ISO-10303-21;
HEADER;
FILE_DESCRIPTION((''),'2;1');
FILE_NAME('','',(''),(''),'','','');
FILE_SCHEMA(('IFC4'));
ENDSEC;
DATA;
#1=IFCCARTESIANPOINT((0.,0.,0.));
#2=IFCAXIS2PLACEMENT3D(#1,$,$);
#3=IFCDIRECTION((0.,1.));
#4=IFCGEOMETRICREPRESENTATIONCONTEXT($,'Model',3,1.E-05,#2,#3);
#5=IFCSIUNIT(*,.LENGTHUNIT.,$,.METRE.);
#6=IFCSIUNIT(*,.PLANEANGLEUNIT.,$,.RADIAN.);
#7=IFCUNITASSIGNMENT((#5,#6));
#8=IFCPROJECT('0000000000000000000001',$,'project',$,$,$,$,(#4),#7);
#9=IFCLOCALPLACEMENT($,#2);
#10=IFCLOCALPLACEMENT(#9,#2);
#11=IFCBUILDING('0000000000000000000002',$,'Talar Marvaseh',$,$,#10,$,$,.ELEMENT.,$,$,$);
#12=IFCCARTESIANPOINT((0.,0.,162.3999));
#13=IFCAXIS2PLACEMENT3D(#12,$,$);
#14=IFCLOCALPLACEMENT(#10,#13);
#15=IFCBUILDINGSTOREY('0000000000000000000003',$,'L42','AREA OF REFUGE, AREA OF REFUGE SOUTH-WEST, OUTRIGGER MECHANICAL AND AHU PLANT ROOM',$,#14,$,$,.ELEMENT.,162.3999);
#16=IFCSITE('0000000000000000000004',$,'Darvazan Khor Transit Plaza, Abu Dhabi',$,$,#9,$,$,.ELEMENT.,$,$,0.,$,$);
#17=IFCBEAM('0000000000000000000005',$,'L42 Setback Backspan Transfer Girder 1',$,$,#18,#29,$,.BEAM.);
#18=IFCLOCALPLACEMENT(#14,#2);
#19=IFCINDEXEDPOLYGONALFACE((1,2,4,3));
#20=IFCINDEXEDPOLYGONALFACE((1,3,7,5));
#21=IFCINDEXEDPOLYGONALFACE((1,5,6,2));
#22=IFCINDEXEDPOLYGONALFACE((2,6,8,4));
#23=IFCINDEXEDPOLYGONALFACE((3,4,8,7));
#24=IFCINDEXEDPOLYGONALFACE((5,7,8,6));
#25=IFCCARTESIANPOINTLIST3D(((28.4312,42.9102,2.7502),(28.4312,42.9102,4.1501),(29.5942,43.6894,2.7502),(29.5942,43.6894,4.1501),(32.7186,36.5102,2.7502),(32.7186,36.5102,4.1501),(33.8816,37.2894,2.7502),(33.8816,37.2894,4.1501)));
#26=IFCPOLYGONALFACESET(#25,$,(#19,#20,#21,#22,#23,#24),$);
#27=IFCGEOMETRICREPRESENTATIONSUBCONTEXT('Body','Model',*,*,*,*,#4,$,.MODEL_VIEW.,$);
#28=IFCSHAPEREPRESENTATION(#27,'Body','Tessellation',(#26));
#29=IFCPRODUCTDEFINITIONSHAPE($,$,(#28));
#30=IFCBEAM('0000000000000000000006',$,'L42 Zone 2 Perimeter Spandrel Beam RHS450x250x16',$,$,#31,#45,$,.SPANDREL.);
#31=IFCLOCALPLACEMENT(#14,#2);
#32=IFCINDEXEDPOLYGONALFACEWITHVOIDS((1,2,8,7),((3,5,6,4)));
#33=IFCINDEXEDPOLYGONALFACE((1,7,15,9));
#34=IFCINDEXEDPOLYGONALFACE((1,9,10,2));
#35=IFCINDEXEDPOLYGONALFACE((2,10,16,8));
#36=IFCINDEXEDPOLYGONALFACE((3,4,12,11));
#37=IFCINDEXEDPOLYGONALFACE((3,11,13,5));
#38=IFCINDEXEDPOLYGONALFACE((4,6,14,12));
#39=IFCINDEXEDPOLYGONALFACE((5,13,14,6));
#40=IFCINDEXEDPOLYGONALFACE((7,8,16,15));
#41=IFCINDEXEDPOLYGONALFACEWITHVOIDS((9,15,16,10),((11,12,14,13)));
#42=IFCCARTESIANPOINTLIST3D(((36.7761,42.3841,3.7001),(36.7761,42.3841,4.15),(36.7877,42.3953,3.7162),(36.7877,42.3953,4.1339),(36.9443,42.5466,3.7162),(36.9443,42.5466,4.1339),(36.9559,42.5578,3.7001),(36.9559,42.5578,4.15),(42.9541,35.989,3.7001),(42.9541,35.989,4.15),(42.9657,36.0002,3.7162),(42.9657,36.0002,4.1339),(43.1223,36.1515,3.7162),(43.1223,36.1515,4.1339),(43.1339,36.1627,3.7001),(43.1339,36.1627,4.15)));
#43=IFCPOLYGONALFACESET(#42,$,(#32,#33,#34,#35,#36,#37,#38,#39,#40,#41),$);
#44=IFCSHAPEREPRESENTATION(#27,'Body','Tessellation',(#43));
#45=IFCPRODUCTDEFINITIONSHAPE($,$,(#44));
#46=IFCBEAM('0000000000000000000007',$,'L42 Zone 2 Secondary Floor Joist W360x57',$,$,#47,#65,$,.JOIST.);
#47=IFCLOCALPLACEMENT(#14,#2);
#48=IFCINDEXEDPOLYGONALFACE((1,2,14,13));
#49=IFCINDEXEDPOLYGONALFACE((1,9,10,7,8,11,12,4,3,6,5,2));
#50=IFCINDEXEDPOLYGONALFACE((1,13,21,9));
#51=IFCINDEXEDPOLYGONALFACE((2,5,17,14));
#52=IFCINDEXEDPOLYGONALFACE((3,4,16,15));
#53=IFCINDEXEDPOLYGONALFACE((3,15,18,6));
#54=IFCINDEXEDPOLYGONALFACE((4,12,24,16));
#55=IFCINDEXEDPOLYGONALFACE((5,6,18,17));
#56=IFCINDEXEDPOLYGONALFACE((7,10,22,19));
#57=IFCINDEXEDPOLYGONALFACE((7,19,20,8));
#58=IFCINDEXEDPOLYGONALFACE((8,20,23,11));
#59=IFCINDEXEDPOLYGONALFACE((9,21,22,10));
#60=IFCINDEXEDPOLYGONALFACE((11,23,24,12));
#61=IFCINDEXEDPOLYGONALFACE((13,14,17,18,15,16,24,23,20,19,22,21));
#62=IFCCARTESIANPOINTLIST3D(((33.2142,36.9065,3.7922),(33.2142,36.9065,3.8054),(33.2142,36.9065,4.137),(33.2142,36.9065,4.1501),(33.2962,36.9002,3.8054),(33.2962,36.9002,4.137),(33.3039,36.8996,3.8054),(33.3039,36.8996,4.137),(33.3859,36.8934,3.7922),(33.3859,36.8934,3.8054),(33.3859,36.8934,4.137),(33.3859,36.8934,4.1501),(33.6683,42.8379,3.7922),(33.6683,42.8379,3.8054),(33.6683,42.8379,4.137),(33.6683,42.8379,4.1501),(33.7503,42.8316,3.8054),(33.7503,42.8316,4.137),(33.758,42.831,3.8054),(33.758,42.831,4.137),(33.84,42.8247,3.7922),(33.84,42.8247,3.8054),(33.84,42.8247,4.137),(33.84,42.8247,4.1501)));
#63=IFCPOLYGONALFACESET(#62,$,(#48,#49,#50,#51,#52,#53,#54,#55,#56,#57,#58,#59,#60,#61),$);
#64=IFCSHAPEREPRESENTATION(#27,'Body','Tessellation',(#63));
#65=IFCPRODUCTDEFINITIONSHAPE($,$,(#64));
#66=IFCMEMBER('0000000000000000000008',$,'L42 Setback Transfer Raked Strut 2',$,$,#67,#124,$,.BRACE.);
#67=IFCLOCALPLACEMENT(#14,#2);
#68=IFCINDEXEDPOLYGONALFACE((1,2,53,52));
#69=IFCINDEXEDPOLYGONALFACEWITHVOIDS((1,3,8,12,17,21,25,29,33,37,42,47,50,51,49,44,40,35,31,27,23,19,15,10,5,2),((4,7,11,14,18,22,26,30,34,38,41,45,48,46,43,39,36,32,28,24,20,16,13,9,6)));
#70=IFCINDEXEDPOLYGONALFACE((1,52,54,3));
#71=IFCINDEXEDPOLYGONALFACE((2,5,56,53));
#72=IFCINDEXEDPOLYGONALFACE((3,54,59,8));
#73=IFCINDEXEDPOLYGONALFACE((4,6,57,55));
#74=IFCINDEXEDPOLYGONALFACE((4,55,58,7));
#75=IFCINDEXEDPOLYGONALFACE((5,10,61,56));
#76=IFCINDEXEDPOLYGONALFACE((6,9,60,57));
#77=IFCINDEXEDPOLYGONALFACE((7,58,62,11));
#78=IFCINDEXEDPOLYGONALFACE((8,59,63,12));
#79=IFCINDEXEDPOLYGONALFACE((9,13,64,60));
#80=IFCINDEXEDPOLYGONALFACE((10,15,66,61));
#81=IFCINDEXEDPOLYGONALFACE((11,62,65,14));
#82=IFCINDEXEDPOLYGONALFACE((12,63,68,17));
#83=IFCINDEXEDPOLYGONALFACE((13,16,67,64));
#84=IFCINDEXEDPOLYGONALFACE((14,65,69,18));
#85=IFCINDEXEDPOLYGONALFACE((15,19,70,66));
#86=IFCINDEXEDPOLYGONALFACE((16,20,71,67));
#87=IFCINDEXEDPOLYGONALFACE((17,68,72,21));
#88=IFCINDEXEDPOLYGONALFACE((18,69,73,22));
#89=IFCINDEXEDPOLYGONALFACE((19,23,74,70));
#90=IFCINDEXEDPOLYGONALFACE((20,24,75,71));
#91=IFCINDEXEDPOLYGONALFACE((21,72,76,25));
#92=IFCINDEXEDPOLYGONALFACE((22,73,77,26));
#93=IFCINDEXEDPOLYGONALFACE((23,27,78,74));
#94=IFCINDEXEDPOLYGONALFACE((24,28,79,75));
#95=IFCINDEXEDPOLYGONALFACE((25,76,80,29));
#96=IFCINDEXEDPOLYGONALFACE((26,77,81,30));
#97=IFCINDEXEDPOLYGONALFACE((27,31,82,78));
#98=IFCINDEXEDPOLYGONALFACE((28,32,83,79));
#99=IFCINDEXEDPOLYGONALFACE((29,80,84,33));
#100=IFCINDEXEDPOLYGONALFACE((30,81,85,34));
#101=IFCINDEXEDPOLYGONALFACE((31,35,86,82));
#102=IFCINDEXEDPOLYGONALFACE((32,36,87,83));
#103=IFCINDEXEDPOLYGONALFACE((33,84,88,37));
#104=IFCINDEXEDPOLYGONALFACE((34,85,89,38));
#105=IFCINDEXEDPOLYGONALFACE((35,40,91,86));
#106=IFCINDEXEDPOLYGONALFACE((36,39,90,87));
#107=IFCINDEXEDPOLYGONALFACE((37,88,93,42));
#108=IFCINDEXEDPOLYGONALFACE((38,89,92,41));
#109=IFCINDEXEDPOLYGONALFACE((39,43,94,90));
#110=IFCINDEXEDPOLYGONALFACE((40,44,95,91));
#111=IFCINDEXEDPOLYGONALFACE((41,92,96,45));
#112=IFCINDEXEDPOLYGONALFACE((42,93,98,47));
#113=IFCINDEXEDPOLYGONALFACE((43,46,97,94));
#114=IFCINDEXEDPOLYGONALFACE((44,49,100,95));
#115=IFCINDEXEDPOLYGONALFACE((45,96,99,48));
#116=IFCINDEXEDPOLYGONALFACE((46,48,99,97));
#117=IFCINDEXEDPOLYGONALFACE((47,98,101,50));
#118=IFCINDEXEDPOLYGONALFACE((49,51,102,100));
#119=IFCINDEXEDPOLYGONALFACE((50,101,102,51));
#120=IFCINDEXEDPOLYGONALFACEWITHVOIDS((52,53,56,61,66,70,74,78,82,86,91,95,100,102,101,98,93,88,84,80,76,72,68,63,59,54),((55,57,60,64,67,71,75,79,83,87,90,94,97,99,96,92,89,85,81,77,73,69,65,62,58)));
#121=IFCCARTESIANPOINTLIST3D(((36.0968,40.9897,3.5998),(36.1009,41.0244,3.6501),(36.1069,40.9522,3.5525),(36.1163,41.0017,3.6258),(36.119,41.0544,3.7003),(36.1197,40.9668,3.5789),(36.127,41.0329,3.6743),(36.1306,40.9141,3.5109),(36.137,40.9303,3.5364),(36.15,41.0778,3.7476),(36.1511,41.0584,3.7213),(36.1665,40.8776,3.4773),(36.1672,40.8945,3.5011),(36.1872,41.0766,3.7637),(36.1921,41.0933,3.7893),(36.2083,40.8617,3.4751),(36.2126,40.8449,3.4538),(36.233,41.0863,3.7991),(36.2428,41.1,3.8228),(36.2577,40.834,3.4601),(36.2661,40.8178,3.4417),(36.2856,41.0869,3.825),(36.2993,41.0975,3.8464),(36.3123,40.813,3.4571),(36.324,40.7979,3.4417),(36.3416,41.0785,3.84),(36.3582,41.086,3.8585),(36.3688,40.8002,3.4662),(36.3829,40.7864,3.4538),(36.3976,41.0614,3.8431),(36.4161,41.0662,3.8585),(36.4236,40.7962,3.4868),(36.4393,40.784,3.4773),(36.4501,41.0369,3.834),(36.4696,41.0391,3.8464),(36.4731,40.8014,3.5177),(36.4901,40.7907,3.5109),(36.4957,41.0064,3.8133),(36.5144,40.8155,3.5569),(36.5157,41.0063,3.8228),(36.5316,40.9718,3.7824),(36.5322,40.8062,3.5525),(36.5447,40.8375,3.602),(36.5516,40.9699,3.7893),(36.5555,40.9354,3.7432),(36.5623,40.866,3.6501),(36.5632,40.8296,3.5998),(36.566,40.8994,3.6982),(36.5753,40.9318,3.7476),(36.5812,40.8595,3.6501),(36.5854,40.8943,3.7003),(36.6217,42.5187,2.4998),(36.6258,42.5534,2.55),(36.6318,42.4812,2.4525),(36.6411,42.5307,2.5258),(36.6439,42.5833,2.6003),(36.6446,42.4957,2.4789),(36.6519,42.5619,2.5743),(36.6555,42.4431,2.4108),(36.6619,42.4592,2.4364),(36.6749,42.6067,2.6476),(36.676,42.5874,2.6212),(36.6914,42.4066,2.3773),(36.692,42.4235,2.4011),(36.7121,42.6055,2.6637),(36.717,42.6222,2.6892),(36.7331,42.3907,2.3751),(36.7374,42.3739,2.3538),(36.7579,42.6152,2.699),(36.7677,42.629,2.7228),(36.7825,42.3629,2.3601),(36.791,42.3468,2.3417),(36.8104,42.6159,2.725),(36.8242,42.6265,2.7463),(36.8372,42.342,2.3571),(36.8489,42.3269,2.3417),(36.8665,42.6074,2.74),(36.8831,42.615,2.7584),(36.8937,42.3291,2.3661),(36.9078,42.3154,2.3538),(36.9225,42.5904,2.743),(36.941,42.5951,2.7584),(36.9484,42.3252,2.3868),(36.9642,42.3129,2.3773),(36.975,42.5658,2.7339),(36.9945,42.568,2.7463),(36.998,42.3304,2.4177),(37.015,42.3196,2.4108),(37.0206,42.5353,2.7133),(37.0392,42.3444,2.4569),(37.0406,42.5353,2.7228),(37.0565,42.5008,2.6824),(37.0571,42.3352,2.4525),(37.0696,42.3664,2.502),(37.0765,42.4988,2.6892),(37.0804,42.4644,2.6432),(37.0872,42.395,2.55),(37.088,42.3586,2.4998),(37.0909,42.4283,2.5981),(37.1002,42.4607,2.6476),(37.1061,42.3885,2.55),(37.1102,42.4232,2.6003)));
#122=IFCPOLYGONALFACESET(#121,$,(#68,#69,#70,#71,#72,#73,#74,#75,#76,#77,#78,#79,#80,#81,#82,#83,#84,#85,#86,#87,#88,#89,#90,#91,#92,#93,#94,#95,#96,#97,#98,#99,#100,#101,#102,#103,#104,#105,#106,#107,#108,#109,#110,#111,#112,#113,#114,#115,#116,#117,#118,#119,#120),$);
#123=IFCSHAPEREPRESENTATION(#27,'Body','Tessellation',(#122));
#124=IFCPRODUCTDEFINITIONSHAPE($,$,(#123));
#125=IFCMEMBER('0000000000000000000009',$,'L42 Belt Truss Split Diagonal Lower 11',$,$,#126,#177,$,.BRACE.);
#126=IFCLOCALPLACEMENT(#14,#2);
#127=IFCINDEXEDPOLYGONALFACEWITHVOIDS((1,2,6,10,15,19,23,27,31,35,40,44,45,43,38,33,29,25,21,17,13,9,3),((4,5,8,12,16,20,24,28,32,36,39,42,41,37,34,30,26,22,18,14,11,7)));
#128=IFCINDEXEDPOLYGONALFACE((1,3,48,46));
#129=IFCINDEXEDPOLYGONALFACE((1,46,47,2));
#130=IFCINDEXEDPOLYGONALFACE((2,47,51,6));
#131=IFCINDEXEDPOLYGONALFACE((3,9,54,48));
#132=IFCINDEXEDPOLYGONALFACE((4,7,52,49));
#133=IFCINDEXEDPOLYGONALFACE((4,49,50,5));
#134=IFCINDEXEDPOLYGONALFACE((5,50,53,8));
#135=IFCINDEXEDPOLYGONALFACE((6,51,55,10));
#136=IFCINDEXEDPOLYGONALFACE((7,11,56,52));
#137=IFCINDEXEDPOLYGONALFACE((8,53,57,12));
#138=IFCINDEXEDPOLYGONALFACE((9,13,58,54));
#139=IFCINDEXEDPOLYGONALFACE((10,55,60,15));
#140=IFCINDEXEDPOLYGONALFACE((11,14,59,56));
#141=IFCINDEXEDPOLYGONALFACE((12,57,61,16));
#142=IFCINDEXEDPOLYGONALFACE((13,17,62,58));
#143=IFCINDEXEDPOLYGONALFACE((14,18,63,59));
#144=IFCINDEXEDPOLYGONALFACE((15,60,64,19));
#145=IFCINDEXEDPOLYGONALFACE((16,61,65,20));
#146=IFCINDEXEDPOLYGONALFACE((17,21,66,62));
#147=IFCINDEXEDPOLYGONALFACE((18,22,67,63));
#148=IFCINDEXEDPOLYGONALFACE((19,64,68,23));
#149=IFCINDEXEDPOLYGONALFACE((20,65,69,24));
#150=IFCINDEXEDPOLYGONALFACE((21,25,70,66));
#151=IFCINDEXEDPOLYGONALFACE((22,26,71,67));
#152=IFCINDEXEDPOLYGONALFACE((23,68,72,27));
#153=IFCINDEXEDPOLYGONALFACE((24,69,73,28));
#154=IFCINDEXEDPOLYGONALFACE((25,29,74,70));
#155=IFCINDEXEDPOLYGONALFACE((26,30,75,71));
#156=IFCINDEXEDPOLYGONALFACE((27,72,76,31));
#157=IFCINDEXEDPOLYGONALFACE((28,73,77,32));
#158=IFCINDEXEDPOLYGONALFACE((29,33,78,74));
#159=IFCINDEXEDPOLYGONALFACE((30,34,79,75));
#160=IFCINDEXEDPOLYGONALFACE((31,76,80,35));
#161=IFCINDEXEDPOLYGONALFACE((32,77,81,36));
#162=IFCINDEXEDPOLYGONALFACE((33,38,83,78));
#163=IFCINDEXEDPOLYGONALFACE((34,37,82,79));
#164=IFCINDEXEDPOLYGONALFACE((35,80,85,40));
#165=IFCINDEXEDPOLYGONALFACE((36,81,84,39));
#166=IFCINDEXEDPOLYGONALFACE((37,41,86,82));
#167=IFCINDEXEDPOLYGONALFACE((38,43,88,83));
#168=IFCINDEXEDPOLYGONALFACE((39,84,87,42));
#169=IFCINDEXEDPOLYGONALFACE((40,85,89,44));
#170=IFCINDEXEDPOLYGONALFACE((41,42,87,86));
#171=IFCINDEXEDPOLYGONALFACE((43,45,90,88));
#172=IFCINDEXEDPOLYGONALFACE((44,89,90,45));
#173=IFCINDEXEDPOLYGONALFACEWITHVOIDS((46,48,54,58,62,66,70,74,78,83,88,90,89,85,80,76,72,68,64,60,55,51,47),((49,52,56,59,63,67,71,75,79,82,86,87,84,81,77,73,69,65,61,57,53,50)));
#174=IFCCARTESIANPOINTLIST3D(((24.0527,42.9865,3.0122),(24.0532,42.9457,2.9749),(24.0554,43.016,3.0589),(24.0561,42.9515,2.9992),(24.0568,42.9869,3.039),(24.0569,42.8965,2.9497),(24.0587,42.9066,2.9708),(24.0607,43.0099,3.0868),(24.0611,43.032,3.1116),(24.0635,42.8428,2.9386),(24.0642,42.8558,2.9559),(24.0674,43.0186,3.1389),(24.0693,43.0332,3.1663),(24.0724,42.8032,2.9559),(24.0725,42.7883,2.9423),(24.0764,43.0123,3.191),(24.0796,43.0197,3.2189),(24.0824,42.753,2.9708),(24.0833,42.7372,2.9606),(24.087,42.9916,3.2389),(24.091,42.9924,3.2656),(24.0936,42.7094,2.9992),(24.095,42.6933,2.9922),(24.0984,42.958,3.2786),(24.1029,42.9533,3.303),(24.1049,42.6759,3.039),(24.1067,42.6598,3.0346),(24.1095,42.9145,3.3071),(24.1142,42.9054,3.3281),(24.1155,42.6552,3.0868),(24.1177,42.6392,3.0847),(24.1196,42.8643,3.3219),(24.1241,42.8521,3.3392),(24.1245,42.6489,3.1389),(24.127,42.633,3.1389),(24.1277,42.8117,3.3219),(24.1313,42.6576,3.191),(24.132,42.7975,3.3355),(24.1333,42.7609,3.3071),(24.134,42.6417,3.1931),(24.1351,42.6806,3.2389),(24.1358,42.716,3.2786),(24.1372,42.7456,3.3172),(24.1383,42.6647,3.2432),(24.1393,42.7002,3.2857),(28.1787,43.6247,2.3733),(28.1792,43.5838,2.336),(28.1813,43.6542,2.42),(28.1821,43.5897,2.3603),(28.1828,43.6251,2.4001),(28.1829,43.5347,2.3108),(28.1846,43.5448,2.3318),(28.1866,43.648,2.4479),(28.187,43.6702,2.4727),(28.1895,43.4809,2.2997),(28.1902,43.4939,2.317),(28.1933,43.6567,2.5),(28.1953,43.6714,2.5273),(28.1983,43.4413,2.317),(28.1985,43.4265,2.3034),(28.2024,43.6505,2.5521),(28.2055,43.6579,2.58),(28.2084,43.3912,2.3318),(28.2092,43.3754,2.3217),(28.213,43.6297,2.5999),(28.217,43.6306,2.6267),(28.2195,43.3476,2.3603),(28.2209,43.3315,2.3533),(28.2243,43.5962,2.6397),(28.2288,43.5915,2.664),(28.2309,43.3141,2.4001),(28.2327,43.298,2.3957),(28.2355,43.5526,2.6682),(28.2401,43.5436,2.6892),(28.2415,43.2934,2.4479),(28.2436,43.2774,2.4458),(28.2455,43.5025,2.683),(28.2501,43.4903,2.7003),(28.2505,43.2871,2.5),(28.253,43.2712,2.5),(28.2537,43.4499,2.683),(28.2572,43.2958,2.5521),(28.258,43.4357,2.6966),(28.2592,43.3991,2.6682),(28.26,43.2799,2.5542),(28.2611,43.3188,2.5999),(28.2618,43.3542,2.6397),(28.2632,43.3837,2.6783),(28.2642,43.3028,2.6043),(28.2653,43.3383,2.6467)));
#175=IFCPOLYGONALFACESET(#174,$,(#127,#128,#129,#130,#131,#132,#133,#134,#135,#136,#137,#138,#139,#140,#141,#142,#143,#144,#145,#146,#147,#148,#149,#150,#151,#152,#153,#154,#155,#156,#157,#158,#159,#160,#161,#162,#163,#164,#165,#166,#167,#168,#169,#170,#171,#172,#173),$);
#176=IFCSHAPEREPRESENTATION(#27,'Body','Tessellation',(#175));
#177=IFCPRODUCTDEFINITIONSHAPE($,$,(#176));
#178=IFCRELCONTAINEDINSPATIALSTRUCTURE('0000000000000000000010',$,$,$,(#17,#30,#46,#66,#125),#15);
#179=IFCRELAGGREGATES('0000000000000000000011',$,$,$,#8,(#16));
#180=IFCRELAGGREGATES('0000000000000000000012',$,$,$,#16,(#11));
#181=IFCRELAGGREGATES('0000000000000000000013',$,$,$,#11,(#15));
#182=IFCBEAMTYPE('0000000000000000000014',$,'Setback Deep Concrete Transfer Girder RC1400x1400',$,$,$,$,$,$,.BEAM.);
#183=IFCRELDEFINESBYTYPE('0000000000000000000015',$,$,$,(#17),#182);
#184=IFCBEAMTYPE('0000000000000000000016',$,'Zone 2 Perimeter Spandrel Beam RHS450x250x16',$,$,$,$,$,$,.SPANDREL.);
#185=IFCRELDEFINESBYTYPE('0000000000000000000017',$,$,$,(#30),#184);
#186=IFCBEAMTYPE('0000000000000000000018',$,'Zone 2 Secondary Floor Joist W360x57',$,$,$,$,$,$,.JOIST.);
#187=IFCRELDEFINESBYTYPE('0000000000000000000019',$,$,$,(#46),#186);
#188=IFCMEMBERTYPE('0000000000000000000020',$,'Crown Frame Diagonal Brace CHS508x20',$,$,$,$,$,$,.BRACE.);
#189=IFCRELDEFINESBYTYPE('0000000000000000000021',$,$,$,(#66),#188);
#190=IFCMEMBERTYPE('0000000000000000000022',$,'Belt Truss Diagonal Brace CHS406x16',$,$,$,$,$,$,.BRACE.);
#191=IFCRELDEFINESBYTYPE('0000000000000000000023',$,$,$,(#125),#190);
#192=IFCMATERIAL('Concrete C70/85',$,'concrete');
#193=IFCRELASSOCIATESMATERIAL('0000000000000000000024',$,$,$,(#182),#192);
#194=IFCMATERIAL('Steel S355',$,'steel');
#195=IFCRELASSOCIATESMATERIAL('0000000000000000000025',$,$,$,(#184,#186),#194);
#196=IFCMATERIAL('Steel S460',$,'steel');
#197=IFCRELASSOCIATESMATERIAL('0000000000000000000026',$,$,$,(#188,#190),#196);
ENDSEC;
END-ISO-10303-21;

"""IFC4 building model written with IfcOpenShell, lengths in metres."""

from ifc_helpers import new_model, si_unit, direction, frame, origin, origin_2d, place, context, subcontext, project, spatial, rectangle, hollow_rectangle, hollow_circle, i_section, extrude, source, transform, mapped, material, material_profile, profile_set, type_object, type_shapes, element, save


model = new_model("IFC4")

# Units and contexts
model_context = context("Model", 3, precision=1e-05, world=origin(), true_north=direction((0.0, 1.0)))
body_context = subcontext(model_context, "Body", "Model", "MODEL_VIEW")
ifc_project = project(units=[si_unit("LENGTHUNIT", "METRE"), si_unit("PLANEANGLEUNIT", "RADIAN")], contexts=[model_context])

# Site, building, storey
site_placement = place(None, origin())
site = spatial("IfcSite", under=ifc_project, at=site_placement, Name="Darvazan Khor Transit Plaza, Abu Dhabi", CompositionType="ELEMENT", RefElevation=0.0)
building_placement = place(site_placement, origin())
building = spatial("IfcBuilding", under=site, at=building_placement, Name="Talar Marvaseh", CompositionType="ELEMENT")
storey_placement = place(building_placement, frame((0.0, 0.0, 162.3999)))
storey = spatial("IfcBuildingStorey", under=building, at=storey_placement, Name="L42", Description="AREA OF REFUGE, AREA OF REFUGE SOUTH-WEST, OUTRIGGER MECHANICAL AND AHU PLANT ROOM", CompositionType="ELEMENT", Elevation=162.3999)

# Beams
ifc_material_1 = material(Name="Concrete C70/85", Category="concrete")
ifc_material_profile_1 = material_profile(ifc_material_1, rectangle(XDim=1.3999, YDim=1.3999, at=origin_2d()), Name="RC1400x1400")
ifc_profile_set_1 = profile_set([ifc_material_profile_1], Name="Concrete C70/85")
beam_type_1 = type_object("IfcBeamType", Name="Setback Deep Concrete Transfer Girder RC1400x1400", PredefinedType="BEAM", material=ifc_profile_set_1)
beam_1_placement = place(storey_placement, frame((29.0127, 43.2998, 3.4502), z_axis=(0.556564, -0.830805, 0.0), x_axis=(0.830805, 0.556564, 0.0)))
element("IfcBeam", 1, at=beam_1_placement, inside=storey, type_object=beam_type_1, Name="L42 Setback Backspan Transfer Girder 1", PredefinedType="BEAM", context=body_context, shape_type="SweptSolid", body=[
    extrude(rectangle(XDim=1.3999, YDim=1.3999, at=origin_2d()), origin(), (0.0, 0.0, 1.0), 7.7034),
])
ifc_material_2 = material(Name="Steel S355", Category="steel")
ifc_material_profile_2 = material_profile(ifc_material_2, hollow_rectangle(XDim=0.25, YDim=0.45, WallThickness=0.0161, at=origin_2d()), Name="RHS450x250x16")
ifc_profile_set_2 = profile_set([ifc_material_profile_2], Name="Steel S355")
beam_type_2 = type_object("IfcBeamType", Name="Zone 2 Perimeter Spandrel Beam RHS450x250x16", PredefinedType="SPANDREL", material=ifc_profile_set_2)
beam_2_placement = place(storey_placement, frame((36.866, 42.4709, 3.925), z_axis=(0.694797, -0.719206, 0.0), x_axis=(0.719206, 0.694797, 0.0)))
element("IfcBeam", 2, at=beam_2_placement, inside=storey, type_object=beam_type_2, Name="L42 Zone 2 Perimeter Spandrel Beam RHS450x250x16", PredefinedType="SPANDREL", context=body_context, shape_type="SweptSolid", body=[
    extrude(hollow_rectangle(XDim=0.25, YDim=0.45, WallThickness=0.0161, at=origin_2d()), origin(), (0.0, 0.0, 1.0), 8.8918),
])
ifc_material_profile_3 = material_profile(ifc_material_2, i_section(OverallWidth=0.1721, OverallDepth=0.3579, WebThickness=0.0078, FlangeThickness=0.0132, at=origin_2d()), Name="W360x57")
ifc_profile_set_3 = profile_set([ifc_material_profile_3], Name="Steel S355")
beam_type_3 = type_object("IfcBeamType", Name="Zone 2 Secondary Floor Joist W360x57", PredefinedType="JOIST", material=ifc_profile_set_3)
beam_3_placement = place(storey_placement, frame((33.7542, 42.8313, 3.9712), z_axis=(-0.076336, -0.997082, 0.0), x_axis=(0.997082, -0.076336, 0.0)))
element("IfcBeam", 3, at=beam_3_placement, inside=storey, type_object=beam_type_3, Name="L42 Zone 2 Secondary Floor Joist W360x57", PredefinedType="JOIST", context=body_context, shape_type="SweptSolid", body=[
    extrude(i_section(OverallWidth=0.1721, OverallDepth=0.3579, WebThickness=0.0078, FlangeThickness=0.0132, at=origin_2d()), origin(), (0.0, 0.0, 1.0), 5.9487),
])

# Members
ifc_material_3 = material(Name="Steel S460", Category="steel")
ifc_material_profile_4 = material_profile(ifc_material_3, hollow_circle(Radius=0.2539, WallThickness=0.02, at=origin_2d()), Name="CHS508x20")
ifc_profile_set_4 = profile_set([ifc_material_profile_4], Name="Steel S460")
member_type_1 = type_object("IfcMemberType", Name="Crown Frame Diagonal Brace CHS508x20", PredefinedType="BRACE", material=ifc_profile_set_4)
shared_shape_1 = source(origin(), body_context, "Body", "SweptSolid", [
    extrude(hollow_circle(Radius=0.2539, WallThickness=0.02, at=origin_2d()), origin(), (0.0, 0.0, 1.0), 1.9553),
])
type_shapes(member_type_1, [shared_shape_1])
member_1_placement = place(storey_placement, frame((36.866, 42.4709, 2.55), z_axis=(-0.268432, -0.781949, 0.562584), x_axis=(0.945821, -0.324687, 0.0)))
element("IfcMember", 4, at=member_1_placement, inside=storey, type_object=member_type_1, Name="L42 Setback Transfer Raked Strut 2", PredefinedType="BRACE", context=body_context, shape_type="MappedRepresentation", body=[
    mapped(shared_shape_1, transform((0.0, 0.0, 0.0), x_axis=(1.0, 0.0, 0.0), y_axis=(0.0, 1.0, 0.0), z_axis=(0.0, 0.0, 1.0), scale=1.0)),
])
ifc_material_profile_5 = material_profile(ifc_material_3, hollow_circle(Radius=0.2031, WallThickness=0.0161, at=origin_2d()), Name="CHS406x16")
ifc_profile_set_5 = profile_set([ifc_material_profile_5], Name="Steel S460")
member_type_2 = type_object("IfcMemberType", Name="Belt Truss Diagonal Brace CHS406x16", PredefinedType="BRACE", material=ifc_profile_set_5)
shared_shape_2 = source(origin(), body_context, "Body", "SweptSolid", [
    extrude(hollow_circle(Radius=0.2031, WallThickness=0.0161, at=origin_2d()), origin(), (0.0, 0.0, 1.0), 4.2236),
])
member_2_placement = place(storey_placement, frame((28.2219, 43.4719, 2.5), z_axis=(-0.976876, -0.151098, 0.151271), x_axis=(0.152857, -0.988248, 0.0)))
element("IfcMember", 5, at=member_2_placement, inside=storey, type_object=member_type_2, Name="L42 Belt Truss Split Diagonal Lower 11", PredefinedType="BRACE", context=body_context, shape_type="MappedRepresentation", body=[
    mapped(shared_shape_2, transform((0.0, 0.0, 0.0), x_axis=(1.0, 0.0, 0.0), y_axis=(0.0, 1.0, 0.0), z_axis=(0.0, 0.0, 1.0), scale=1.0)),
])

save(model, "model.ifc")
